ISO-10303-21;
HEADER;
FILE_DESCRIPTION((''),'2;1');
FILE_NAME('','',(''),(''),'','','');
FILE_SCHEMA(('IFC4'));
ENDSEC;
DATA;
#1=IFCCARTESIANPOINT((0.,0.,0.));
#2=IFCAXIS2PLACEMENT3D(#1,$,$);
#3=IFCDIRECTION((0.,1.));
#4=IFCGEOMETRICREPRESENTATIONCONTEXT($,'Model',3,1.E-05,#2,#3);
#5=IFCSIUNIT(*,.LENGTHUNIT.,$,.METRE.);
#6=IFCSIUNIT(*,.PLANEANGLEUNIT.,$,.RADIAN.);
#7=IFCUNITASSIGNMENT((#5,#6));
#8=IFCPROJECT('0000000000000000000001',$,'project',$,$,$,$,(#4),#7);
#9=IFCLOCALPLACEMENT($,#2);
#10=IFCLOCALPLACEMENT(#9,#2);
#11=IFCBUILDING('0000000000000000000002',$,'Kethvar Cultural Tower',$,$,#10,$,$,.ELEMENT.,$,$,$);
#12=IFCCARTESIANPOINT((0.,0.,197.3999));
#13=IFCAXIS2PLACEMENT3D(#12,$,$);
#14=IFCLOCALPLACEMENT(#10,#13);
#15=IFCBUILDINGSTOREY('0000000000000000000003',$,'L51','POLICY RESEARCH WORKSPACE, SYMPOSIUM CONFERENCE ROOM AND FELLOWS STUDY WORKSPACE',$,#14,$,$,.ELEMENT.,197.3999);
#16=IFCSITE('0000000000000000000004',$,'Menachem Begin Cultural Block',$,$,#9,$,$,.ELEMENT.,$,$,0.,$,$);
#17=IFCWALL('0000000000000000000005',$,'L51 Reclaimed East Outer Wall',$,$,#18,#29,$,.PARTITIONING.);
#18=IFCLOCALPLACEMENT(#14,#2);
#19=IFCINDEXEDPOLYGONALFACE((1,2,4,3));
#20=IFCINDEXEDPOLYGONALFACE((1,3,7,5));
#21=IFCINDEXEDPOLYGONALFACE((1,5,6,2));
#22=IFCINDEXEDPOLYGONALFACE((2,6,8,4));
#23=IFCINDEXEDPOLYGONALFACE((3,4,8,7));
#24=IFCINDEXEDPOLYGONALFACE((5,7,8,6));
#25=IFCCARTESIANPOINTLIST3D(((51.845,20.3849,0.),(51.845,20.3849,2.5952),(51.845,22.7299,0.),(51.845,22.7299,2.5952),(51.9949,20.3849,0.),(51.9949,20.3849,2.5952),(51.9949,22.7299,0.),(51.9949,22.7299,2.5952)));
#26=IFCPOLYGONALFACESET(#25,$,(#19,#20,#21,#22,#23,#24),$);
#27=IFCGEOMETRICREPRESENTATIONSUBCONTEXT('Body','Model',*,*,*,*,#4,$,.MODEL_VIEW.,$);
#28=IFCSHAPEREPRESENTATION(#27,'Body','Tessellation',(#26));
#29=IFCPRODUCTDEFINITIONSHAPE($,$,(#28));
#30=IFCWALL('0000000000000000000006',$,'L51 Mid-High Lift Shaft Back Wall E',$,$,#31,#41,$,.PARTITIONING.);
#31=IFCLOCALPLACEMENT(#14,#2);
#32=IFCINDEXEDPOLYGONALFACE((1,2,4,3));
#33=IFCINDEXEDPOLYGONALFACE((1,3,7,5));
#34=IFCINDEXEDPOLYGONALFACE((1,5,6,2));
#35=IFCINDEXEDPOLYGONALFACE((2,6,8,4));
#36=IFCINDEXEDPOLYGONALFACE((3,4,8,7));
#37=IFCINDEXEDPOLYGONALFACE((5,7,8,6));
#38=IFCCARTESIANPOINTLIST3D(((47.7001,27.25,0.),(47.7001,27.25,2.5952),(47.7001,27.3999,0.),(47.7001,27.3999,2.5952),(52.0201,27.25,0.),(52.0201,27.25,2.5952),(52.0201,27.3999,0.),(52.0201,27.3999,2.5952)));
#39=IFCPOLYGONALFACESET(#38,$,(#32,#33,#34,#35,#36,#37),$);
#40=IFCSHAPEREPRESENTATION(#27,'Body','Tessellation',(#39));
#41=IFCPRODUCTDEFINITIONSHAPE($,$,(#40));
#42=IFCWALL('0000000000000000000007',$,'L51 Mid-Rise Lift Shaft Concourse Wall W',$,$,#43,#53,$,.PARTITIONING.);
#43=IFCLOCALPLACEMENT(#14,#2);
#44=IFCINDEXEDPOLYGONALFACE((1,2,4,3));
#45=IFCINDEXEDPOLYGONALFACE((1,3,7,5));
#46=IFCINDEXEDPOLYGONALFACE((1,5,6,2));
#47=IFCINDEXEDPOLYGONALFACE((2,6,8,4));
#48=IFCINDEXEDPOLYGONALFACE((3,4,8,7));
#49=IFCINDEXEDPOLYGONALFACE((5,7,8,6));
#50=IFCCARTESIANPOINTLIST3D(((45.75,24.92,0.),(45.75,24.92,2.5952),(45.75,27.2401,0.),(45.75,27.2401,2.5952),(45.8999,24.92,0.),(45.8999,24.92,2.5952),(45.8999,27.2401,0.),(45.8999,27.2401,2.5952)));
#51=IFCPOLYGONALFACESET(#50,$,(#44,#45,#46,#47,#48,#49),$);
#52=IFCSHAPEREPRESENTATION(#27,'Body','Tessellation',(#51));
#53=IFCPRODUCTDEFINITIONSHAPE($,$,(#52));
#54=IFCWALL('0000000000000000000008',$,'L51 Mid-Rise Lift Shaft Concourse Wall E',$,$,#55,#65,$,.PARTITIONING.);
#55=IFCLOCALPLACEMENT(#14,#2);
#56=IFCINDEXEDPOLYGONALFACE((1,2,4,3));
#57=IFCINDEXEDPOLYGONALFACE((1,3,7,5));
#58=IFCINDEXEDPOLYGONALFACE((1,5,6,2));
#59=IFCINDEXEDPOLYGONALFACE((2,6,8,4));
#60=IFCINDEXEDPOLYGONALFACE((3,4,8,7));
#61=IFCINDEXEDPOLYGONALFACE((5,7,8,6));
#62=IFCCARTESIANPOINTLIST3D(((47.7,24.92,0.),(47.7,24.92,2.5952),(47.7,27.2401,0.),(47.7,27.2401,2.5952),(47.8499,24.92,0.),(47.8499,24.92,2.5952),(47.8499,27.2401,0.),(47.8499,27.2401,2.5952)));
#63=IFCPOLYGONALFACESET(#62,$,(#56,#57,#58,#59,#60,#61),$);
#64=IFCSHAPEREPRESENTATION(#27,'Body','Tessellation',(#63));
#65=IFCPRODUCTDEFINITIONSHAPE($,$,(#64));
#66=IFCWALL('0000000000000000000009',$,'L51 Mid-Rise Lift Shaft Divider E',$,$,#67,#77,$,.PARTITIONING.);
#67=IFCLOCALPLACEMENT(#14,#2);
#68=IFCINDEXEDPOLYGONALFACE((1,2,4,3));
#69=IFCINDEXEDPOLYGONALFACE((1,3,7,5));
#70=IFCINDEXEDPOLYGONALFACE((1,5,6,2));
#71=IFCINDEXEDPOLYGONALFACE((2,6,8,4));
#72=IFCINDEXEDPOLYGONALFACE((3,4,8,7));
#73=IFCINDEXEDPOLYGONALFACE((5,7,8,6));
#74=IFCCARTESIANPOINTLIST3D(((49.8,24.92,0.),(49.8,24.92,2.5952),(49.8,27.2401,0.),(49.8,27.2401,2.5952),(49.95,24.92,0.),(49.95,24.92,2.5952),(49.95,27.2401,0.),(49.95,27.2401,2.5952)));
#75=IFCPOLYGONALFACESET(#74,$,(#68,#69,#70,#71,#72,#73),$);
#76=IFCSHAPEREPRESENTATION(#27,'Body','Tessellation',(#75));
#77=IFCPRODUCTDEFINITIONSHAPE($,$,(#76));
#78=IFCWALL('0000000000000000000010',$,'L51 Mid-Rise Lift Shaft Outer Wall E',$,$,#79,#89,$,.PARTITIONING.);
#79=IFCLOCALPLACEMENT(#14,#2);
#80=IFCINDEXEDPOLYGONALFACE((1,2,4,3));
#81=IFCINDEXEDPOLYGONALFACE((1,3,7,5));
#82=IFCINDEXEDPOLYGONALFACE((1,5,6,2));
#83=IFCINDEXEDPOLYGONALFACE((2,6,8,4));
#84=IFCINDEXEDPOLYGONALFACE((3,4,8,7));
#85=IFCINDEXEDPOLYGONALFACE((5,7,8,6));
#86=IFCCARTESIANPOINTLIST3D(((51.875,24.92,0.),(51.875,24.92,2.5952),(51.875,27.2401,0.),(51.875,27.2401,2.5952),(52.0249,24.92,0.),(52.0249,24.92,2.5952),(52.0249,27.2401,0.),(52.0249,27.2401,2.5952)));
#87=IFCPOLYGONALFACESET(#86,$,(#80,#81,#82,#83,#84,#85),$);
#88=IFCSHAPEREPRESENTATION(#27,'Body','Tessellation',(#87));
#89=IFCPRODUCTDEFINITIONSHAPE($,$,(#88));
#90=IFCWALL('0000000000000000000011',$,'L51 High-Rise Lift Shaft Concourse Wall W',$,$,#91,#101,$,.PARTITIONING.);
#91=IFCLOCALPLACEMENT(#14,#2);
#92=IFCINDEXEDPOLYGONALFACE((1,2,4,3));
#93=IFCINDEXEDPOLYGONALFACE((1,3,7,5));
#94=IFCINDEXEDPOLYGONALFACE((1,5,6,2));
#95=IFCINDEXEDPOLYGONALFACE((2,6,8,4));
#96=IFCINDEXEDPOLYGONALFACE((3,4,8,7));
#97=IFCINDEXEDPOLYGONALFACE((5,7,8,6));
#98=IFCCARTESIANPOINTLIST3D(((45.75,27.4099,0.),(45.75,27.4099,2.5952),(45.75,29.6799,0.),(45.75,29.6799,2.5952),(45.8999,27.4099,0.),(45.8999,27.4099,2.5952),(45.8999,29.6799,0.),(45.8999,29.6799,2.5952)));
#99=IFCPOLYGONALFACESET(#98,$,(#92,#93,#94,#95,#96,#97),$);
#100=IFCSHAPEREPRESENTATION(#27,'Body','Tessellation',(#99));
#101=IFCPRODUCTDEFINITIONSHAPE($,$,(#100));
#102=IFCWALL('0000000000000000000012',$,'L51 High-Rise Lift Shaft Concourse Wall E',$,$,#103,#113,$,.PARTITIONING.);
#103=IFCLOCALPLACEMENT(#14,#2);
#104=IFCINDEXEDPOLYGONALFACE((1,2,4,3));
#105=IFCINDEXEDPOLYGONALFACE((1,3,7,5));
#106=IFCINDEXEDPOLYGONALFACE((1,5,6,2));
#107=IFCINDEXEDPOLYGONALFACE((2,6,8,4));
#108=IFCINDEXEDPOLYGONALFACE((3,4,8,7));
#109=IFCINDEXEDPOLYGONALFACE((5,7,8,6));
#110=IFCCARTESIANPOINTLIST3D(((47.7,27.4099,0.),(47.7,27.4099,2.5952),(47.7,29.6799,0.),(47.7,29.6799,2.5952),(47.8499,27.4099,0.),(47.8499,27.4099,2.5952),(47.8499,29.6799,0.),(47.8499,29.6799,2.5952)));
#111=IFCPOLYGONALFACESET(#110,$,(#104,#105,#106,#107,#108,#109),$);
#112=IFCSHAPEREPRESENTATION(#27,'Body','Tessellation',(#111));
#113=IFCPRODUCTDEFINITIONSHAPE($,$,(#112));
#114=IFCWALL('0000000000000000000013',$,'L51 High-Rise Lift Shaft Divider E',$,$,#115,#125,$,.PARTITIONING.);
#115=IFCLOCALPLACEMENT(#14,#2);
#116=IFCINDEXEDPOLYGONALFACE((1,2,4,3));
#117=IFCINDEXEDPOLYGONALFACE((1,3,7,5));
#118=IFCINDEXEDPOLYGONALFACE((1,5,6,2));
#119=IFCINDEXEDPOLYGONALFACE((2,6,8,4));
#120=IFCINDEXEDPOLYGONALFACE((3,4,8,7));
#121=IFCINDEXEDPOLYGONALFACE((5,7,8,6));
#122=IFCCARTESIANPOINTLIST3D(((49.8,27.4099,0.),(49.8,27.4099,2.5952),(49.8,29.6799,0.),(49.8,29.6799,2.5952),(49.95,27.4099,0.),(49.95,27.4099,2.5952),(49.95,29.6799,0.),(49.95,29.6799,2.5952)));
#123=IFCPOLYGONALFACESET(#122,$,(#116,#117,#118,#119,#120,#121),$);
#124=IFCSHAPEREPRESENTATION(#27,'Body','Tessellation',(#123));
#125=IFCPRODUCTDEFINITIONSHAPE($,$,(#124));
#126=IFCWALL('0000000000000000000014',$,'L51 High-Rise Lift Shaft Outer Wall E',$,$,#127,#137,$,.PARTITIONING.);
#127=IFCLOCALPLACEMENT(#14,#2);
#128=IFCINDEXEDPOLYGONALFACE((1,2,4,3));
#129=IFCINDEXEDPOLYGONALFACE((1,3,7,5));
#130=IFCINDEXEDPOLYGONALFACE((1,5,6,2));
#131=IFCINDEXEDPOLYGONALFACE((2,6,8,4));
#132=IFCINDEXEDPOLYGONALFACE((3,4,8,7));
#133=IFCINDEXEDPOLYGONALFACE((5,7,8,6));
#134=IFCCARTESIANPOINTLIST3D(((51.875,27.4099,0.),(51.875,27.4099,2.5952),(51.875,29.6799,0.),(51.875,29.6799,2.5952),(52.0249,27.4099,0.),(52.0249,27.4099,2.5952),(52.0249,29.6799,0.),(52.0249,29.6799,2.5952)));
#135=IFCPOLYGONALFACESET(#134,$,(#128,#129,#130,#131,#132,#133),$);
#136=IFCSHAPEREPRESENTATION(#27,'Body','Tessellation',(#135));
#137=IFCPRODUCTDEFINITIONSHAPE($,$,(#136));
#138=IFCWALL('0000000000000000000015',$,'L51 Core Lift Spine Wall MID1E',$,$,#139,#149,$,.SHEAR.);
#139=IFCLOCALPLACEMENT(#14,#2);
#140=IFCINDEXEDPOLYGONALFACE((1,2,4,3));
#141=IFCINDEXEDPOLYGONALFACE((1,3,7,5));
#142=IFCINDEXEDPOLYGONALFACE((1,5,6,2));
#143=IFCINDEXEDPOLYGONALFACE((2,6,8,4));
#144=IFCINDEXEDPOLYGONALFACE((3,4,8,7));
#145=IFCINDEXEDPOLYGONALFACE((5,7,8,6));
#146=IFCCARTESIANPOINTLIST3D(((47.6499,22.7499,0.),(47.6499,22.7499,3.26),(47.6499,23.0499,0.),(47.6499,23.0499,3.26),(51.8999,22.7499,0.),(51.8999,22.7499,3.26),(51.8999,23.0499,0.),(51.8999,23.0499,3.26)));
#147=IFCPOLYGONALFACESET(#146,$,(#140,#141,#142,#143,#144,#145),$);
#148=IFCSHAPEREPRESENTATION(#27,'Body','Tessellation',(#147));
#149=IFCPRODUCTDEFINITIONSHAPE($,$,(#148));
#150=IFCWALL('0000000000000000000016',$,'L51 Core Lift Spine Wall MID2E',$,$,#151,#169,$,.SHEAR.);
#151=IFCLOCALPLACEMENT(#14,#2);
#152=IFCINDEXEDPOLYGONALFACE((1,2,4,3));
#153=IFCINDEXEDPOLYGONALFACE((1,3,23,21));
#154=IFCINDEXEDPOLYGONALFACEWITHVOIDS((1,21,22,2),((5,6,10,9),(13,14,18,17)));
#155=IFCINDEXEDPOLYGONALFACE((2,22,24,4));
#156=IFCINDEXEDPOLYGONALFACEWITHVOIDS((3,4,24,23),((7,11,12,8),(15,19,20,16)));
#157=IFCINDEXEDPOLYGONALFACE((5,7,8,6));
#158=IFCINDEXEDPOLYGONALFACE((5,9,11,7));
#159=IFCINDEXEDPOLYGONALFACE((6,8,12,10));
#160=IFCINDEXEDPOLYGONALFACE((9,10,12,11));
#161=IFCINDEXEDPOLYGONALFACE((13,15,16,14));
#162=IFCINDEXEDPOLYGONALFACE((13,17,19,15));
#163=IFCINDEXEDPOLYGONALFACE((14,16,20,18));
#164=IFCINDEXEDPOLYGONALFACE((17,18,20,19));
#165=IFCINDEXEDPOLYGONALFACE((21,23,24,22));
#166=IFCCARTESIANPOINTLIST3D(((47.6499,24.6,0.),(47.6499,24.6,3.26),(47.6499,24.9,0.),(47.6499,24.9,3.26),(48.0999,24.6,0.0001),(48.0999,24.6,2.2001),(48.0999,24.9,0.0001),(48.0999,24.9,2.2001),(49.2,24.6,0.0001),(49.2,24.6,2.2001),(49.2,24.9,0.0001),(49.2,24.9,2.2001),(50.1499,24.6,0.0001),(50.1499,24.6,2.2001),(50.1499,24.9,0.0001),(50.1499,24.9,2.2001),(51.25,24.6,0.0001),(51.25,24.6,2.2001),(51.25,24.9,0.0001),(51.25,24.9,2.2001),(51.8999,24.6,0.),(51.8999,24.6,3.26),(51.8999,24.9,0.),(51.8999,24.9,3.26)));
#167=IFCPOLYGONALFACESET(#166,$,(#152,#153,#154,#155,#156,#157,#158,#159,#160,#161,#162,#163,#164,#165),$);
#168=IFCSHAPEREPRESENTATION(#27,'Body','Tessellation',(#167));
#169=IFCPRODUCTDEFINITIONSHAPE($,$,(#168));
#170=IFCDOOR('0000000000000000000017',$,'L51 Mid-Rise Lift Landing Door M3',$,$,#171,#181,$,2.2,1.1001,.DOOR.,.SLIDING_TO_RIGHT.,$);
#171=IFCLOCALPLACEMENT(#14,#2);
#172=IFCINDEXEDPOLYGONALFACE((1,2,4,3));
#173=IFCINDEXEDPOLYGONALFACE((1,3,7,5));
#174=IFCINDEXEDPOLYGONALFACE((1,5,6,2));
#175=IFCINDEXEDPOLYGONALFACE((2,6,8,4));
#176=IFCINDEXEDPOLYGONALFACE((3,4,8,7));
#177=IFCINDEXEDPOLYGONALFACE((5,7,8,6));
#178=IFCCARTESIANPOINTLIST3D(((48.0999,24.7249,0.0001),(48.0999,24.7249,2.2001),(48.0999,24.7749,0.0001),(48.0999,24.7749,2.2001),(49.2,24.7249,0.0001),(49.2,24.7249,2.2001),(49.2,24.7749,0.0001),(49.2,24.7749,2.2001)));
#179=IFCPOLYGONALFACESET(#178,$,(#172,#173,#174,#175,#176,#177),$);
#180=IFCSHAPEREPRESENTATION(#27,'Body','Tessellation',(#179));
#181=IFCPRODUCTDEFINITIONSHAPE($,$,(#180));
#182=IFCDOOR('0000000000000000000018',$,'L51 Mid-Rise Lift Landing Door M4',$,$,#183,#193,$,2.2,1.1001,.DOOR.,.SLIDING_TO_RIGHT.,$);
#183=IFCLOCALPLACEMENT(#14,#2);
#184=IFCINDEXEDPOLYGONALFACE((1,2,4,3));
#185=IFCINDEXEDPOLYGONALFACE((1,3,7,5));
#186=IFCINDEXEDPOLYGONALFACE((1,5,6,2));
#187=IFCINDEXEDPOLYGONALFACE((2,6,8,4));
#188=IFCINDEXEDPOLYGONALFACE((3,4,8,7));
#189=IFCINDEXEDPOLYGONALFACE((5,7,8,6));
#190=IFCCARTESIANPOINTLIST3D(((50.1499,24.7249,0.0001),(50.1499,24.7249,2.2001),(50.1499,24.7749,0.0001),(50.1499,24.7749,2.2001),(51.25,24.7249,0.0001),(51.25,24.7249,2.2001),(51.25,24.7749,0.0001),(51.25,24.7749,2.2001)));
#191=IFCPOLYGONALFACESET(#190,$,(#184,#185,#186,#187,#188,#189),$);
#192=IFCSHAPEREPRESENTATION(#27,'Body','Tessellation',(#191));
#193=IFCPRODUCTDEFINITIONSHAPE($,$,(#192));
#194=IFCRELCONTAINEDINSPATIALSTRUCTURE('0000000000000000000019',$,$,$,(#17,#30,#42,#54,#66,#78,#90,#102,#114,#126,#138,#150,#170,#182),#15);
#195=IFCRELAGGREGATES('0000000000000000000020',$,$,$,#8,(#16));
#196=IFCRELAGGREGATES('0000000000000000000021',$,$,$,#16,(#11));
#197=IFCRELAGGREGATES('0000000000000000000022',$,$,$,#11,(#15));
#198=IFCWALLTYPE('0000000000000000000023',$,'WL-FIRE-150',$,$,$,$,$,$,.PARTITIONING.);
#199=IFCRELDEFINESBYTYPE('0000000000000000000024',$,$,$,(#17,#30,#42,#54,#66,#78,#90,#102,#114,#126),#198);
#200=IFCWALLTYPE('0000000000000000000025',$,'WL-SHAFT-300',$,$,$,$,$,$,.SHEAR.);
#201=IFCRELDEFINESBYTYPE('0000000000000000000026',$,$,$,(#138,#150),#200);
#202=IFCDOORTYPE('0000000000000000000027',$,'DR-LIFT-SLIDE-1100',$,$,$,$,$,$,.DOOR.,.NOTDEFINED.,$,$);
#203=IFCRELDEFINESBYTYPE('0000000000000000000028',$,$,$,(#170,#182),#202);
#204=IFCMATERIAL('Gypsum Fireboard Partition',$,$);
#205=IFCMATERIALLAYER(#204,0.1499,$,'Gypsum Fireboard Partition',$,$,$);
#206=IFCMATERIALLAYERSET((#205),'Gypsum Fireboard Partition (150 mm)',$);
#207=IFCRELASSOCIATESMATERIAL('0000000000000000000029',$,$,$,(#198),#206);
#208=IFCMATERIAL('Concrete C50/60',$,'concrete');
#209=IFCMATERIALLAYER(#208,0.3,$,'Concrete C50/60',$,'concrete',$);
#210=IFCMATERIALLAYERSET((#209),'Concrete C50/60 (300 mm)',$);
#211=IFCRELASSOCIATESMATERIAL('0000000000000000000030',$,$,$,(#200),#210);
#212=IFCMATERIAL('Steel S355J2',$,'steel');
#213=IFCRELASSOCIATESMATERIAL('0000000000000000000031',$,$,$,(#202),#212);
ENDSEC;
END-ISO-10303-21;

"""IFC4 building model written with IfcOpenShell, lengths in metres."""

from ifc_helpers import new_model, si_unit, direction, frame, frame_2d, origin, place, context, subcontext, project, spatial, rectangle, extrude, source, transform, mapped, material, layer, layer_set, type_object, element, fill, save


model = new_model("IFC4")

# Units and contexts
model_context = context("Model", 3, precision=1e-05, world=origin(), true_north=direction((0.0, 1.0)))
body_context = subcontext(model_context, "Body", "Model", "MODEL_VIEW")
ifc_project = project(units=[si_unit("LENGTHUNIT", "METRE"), si_unit("PLANEANGLEUNIT", "RADIAN")], contexts=[model_context])

# Site, building, storey
site_placement = place(None, origin())
site = spatial("IfcSite", under=ifc_project, at=site_placement, Name="Menachem Begin Cultural Block", CompositionType="ELEMENT", RefElevation=0.0)
building_placement = place(site_placement, origin())
building = spatial("IfcBuilding", under=site, at=building_placement, Name="Kethvar Cultural Tower", CompositionType="ELEMENT")
storey_placement = place(building_placement, frame((0.0, 0.0, 197.3999)))
storey = spatial("IfcBuildingStorey", under=building, at=storey_placement, Name="L51", Description="POLICY RESEARCH WORKSPACE, SYMPOSIUM CONFERENCE ROOM AND FELLOWS STUDY WORKSPACE", CompositionType="ELEMENT", Elevation=197.3999)

# Shared definitions
ifc_material_1 = material(Name="Steel S355J2", Category="steel")

# Wall
ifc_material_2 = material(Name="Gypsum Fireboard Partition")
ifc_layer_1 = layer(ifc_material_2, 0.1499, Name="Gypsum Fireboard Partition")
ifc_layer_set_1 = layer_set([ifc_layer_1], Name="Gypsum Fireboard Partition (150 mm)")
wall_type_1 = type_object("IfcWallType", Name="WL-FIRE-150", PredefinedType="PARTITIONING", material=ifc_layer_set_1)
wall_1_placement = place(storey_placement, frame((51.9199, 20.385, 0.0), z_axis=(0.0, 0.0, 1.0), x_axis=(0.0, 1.0, 0.0)))
element("IfcWall", 1, at=wall_1_placement, inside=storey, type_object=wall_type_1, Name="L51 Reclaimed East Outer Wall", PredefinedType="PARTITIONING", context=body_context, shape_type="SweptSolid", body=[
    extrude(rectangle(XDim=2.345, YDim=0.1499, at=frame_2d((1.1724, 0.0))), origin(), (0.0, 0.0, 1.0), 2.5952),
])

# Walls
wall_2_placement = place(storey_placement, frame((47.7, 27.325, 0.0), z_axis=(0.0, 0.0, 1.0), x_axis=(1.0, 0.0, 0.0)))
element("IfcWall", 2, at=wall_2_placement, inside=storey, type_object=wall_type_1, Name="L51 Mid-High Lift Shaft Back Wall E", PredefinedType="PARTITIONING", context=body_context, shape_type="SweptSolid", body=[
    extrude(rectangle(XDim=4.3201, YDim=0.1499, at=frame_2d((2.1602, 0.0))), origin(), (0.0, 0.0, 1.0), 2.5952),
])
for number, where, z_axis, x_axis, name in (
    (3, (45.825, 24.9199, 0.0), (0.0, 0.0, 1.0), (0.0, 1.0, 0.0), "L51 Mid-Rise Lift Shaft Concourse Wall W"),
    (4, (47.7749, 24.9199, 0.0), (0.0, 0.0, 1.0), (0.0, 1.0, 0.0), "L51 Mid-Rise Lift Shaft Concourse Wall E"),
    (5, (49.875, 24.9199, 0.0), (0.0, 0.0, 1.0), (0.0, 1.0, 0.0), "L51 Mid-Rise Lift Shaft Divider E"),
    (6, (51.95, 24.9199, 0.0), (0.0, 0.0, 1.0), (0.0, 1.0, 0.0), "L51 Mid-Rise Lift Shaft Outer Wall E"),
):
    element("IfcWall", number, at=place(storey_placement, frame(where, z_axis=z_axis, x_axis=x_axis)), inside=storey, type_object=wall_type_1, Name=name, PredefinedType="PARTITIONING", context=body_context, shape_type="SweptSolid", body=[
        extrude(rectangle(XDim=2.3201, YDim=0.1499, at=frame_2d((1.1602, 0.0))), origin(), (0.0, 0.0, 1.0), 2.5952),
    ])
for number, where, z_axis, x_axis, name in (
    (7, (45.825, 27.4099, 0.0), (0.0, 0.0, 1.0), (0.0, 1.0, 0.0), "L51 High-Rise Lift Shaft Concourse Wall W"),
    (8, (47.7749, 27.4099, 0.0), (0.0, 0.0, 1.0), (0.0, 1.0, 0.0), "L51 High-Rise Lift Shaft Concourse Wall E"),
    (9, (49.875, 27.4099, 0.0), (0.0, 0.0, 1.0), (0.0, 1.0, 0.0), "L51 High-Rise Lift Shaft Divider E"),
    (10, (51.95, 27.4099, 0.0), (0.0, 0.0, 1.0), (0.0, 1.0, 0.0), "L51 High-Rise Lift Shaft Outer Wall E"),
):
    element("IfcWall", number, at=place(storey_placement, frame(where, z_axis=z_axis, x_axis=x_axis)), inside=storey, type_object=wall_type_1, Name=name, PredefinedType="PARTITIONING", context=body_context, shape_type="SweptSolid", body=[
        extrude(rectangle(XDim=2.27, YDim=0.1499, at=frame_2d((1.135, 0.0))), origin(), (0.0, 0.0, 1.0), 2.5952),
    ])
ifc_material_3 = material(Name="Concrete C50/60", Category="concrete")
ifc_layer_2 = layer(ifc_material_3, 0.3, Name="Concrete C50/60", Category="concrete")
ifc_layer_set_2 = layer_set([ifc_layer_2], Name="Concrete C50/60 (300 mm)")
wall_type_2 = type_object("IfcWallType", Name="WL-SHAFT-300", PredefinedType="SHEAR", material=ifc_layer_set_2)
wall_3_placement = place(storey_placement, frame((47.6499, 22.8999, 0.0), z_axis=(0.0, 0.0, 1.0), x_axis=(1.0, 0.0, 0.0)))
element("IfcWall", 11, at=wall_3_placement, inside=storey, type_object=wall_type_2, Name="L51 Core Lift Spine Wall MID1E", PredefinedType="SHEAR", context=body_context, shape_type="SweptSolid", body=[
    extrude(rectangle(XDim=4.25, YDim=0.3, at=frame_2d((2.125, 0.0))), origin(), (0.0, 0.0, 1.0), 3.26),
])

# Wall, openings, doors
wall_4_placement = place(storey_placement, frame((47.6499, 24.75, 0.0), z_axis=(0.0, 0.0, 1.0), x_axis=(1.0, 0.0, 0.0)))
wall_4 = element("IfcWall", 12, at=wall_4_placement, inside=storey, type_object=wall_type_2, Name="L51 Core Lift Spine Wall MID2E", PredefinedType="SHEAR", context=body_context, shape_type="SweptSolid", body=[
    extrude(rectangle(XDim=4.25, YDim=0.3, at=frame_2d((2.125, 0.0))), origin(), (0.0, 0.0, 1.0), 3.26),
])
opening_1_placement = place(wall_4_placement, frame((0.45, 0.0, 0.0)))
opening_1 = element("IfcOpeningElement", 13, at=opening_1_placement, cuts=wall_4, PredefinedType="OPENING", context=body_context, shape_type="SweptSolid", body=[
    extrude(rectangle(XDim=1.1001, YDim=2.2, at=frame_2d((0.55, 1.1001))), frame((0.0, 0.1599, 0.0), z_axis=(0.0, -1.0, 0.0), x_axis=(1.0, 0.0, 0.0)), (0.0, 0.0, 1.0), 0.3201),
])
opening_2_placement = place(wall_4_placement, frame((2.5, 0.0, 0.0)))
opening_2 = element("IfcOpeningElement", 14, at=opening_2_placement, cuts=wall_4, PredefinedType="OPENING", context=body_context, shape_type="SweptSolid", body=[
    extrude(rectangle(XDim=1.1001, YDim=2.2, at=frame_2d((0.55, 1.1001))), frame((0.0, 0.1599, 0.0), z_axis=(0.0, -1.0, 0.0), x_axis=(1.0, 0.0, 0.0)), (0.0, 0.0, 1.0), 0.3201),
])
door_type_1 = type_object("IfcDoorType", Name="DR-LIFT-SLIDE-1100", OperationType="NOTDEFINED", PredefinedType="DOOR", material=ifc_material_1)
shared_shape_1 = source(origin(), body_context, "Body", "SweptSolid", [
    extrude(rectangle(XDim=1.1001, YDim=2.2, at=frame_2d((0.55, 1.1001))), frame((0.0, 0.0249, 0.0), z_axis=(0.0, -1.0, 0.0), x_axis=(1.0, 0.0, 0.0)), (0.0, 0.0, 1.0), 0.05),
])
door_1_placement = place(opening_1_placement, origin())
door_1 = element("IfcDoor", 15, at=door_1_placement, inside=storey, type_object=door_type_1, Name="L51 Mid-Rise Lift Landing Door M3", OperationType="SLIDING_TO_RIGHT", OverallHeight=2.2, OverallWidth=1.1001, PredefinedType="DOOR", context=body_context, shape_type="MappedRepresentation", body=[
    mapped(shared_shape_1, transform((0.0, 0.0, 0.0), scale=1.0)),
])
fill(opening_1, door_1)
door_2_placement = place(opening_2_placement, origin())
door_2 = element("IfcDoor", 16, at=door_2_placement, inside=storey, type_object=door_type_1, Name="L51 Mid-Rise Lift Landing Door M4", OperationType="SLIDING_TO_RIGHT", OverallHeight=2.2, OverallWidth=1.1001, PredefinedType="DOOR", context=body_context, shape_type="MappedRepresentation", body=[
    mapped(shared_shape_1, transform((0.0, 0.0, 0.0), scale=1.0)),
])
fill(opening_2, door_2)

save(model, "model.ifc")
